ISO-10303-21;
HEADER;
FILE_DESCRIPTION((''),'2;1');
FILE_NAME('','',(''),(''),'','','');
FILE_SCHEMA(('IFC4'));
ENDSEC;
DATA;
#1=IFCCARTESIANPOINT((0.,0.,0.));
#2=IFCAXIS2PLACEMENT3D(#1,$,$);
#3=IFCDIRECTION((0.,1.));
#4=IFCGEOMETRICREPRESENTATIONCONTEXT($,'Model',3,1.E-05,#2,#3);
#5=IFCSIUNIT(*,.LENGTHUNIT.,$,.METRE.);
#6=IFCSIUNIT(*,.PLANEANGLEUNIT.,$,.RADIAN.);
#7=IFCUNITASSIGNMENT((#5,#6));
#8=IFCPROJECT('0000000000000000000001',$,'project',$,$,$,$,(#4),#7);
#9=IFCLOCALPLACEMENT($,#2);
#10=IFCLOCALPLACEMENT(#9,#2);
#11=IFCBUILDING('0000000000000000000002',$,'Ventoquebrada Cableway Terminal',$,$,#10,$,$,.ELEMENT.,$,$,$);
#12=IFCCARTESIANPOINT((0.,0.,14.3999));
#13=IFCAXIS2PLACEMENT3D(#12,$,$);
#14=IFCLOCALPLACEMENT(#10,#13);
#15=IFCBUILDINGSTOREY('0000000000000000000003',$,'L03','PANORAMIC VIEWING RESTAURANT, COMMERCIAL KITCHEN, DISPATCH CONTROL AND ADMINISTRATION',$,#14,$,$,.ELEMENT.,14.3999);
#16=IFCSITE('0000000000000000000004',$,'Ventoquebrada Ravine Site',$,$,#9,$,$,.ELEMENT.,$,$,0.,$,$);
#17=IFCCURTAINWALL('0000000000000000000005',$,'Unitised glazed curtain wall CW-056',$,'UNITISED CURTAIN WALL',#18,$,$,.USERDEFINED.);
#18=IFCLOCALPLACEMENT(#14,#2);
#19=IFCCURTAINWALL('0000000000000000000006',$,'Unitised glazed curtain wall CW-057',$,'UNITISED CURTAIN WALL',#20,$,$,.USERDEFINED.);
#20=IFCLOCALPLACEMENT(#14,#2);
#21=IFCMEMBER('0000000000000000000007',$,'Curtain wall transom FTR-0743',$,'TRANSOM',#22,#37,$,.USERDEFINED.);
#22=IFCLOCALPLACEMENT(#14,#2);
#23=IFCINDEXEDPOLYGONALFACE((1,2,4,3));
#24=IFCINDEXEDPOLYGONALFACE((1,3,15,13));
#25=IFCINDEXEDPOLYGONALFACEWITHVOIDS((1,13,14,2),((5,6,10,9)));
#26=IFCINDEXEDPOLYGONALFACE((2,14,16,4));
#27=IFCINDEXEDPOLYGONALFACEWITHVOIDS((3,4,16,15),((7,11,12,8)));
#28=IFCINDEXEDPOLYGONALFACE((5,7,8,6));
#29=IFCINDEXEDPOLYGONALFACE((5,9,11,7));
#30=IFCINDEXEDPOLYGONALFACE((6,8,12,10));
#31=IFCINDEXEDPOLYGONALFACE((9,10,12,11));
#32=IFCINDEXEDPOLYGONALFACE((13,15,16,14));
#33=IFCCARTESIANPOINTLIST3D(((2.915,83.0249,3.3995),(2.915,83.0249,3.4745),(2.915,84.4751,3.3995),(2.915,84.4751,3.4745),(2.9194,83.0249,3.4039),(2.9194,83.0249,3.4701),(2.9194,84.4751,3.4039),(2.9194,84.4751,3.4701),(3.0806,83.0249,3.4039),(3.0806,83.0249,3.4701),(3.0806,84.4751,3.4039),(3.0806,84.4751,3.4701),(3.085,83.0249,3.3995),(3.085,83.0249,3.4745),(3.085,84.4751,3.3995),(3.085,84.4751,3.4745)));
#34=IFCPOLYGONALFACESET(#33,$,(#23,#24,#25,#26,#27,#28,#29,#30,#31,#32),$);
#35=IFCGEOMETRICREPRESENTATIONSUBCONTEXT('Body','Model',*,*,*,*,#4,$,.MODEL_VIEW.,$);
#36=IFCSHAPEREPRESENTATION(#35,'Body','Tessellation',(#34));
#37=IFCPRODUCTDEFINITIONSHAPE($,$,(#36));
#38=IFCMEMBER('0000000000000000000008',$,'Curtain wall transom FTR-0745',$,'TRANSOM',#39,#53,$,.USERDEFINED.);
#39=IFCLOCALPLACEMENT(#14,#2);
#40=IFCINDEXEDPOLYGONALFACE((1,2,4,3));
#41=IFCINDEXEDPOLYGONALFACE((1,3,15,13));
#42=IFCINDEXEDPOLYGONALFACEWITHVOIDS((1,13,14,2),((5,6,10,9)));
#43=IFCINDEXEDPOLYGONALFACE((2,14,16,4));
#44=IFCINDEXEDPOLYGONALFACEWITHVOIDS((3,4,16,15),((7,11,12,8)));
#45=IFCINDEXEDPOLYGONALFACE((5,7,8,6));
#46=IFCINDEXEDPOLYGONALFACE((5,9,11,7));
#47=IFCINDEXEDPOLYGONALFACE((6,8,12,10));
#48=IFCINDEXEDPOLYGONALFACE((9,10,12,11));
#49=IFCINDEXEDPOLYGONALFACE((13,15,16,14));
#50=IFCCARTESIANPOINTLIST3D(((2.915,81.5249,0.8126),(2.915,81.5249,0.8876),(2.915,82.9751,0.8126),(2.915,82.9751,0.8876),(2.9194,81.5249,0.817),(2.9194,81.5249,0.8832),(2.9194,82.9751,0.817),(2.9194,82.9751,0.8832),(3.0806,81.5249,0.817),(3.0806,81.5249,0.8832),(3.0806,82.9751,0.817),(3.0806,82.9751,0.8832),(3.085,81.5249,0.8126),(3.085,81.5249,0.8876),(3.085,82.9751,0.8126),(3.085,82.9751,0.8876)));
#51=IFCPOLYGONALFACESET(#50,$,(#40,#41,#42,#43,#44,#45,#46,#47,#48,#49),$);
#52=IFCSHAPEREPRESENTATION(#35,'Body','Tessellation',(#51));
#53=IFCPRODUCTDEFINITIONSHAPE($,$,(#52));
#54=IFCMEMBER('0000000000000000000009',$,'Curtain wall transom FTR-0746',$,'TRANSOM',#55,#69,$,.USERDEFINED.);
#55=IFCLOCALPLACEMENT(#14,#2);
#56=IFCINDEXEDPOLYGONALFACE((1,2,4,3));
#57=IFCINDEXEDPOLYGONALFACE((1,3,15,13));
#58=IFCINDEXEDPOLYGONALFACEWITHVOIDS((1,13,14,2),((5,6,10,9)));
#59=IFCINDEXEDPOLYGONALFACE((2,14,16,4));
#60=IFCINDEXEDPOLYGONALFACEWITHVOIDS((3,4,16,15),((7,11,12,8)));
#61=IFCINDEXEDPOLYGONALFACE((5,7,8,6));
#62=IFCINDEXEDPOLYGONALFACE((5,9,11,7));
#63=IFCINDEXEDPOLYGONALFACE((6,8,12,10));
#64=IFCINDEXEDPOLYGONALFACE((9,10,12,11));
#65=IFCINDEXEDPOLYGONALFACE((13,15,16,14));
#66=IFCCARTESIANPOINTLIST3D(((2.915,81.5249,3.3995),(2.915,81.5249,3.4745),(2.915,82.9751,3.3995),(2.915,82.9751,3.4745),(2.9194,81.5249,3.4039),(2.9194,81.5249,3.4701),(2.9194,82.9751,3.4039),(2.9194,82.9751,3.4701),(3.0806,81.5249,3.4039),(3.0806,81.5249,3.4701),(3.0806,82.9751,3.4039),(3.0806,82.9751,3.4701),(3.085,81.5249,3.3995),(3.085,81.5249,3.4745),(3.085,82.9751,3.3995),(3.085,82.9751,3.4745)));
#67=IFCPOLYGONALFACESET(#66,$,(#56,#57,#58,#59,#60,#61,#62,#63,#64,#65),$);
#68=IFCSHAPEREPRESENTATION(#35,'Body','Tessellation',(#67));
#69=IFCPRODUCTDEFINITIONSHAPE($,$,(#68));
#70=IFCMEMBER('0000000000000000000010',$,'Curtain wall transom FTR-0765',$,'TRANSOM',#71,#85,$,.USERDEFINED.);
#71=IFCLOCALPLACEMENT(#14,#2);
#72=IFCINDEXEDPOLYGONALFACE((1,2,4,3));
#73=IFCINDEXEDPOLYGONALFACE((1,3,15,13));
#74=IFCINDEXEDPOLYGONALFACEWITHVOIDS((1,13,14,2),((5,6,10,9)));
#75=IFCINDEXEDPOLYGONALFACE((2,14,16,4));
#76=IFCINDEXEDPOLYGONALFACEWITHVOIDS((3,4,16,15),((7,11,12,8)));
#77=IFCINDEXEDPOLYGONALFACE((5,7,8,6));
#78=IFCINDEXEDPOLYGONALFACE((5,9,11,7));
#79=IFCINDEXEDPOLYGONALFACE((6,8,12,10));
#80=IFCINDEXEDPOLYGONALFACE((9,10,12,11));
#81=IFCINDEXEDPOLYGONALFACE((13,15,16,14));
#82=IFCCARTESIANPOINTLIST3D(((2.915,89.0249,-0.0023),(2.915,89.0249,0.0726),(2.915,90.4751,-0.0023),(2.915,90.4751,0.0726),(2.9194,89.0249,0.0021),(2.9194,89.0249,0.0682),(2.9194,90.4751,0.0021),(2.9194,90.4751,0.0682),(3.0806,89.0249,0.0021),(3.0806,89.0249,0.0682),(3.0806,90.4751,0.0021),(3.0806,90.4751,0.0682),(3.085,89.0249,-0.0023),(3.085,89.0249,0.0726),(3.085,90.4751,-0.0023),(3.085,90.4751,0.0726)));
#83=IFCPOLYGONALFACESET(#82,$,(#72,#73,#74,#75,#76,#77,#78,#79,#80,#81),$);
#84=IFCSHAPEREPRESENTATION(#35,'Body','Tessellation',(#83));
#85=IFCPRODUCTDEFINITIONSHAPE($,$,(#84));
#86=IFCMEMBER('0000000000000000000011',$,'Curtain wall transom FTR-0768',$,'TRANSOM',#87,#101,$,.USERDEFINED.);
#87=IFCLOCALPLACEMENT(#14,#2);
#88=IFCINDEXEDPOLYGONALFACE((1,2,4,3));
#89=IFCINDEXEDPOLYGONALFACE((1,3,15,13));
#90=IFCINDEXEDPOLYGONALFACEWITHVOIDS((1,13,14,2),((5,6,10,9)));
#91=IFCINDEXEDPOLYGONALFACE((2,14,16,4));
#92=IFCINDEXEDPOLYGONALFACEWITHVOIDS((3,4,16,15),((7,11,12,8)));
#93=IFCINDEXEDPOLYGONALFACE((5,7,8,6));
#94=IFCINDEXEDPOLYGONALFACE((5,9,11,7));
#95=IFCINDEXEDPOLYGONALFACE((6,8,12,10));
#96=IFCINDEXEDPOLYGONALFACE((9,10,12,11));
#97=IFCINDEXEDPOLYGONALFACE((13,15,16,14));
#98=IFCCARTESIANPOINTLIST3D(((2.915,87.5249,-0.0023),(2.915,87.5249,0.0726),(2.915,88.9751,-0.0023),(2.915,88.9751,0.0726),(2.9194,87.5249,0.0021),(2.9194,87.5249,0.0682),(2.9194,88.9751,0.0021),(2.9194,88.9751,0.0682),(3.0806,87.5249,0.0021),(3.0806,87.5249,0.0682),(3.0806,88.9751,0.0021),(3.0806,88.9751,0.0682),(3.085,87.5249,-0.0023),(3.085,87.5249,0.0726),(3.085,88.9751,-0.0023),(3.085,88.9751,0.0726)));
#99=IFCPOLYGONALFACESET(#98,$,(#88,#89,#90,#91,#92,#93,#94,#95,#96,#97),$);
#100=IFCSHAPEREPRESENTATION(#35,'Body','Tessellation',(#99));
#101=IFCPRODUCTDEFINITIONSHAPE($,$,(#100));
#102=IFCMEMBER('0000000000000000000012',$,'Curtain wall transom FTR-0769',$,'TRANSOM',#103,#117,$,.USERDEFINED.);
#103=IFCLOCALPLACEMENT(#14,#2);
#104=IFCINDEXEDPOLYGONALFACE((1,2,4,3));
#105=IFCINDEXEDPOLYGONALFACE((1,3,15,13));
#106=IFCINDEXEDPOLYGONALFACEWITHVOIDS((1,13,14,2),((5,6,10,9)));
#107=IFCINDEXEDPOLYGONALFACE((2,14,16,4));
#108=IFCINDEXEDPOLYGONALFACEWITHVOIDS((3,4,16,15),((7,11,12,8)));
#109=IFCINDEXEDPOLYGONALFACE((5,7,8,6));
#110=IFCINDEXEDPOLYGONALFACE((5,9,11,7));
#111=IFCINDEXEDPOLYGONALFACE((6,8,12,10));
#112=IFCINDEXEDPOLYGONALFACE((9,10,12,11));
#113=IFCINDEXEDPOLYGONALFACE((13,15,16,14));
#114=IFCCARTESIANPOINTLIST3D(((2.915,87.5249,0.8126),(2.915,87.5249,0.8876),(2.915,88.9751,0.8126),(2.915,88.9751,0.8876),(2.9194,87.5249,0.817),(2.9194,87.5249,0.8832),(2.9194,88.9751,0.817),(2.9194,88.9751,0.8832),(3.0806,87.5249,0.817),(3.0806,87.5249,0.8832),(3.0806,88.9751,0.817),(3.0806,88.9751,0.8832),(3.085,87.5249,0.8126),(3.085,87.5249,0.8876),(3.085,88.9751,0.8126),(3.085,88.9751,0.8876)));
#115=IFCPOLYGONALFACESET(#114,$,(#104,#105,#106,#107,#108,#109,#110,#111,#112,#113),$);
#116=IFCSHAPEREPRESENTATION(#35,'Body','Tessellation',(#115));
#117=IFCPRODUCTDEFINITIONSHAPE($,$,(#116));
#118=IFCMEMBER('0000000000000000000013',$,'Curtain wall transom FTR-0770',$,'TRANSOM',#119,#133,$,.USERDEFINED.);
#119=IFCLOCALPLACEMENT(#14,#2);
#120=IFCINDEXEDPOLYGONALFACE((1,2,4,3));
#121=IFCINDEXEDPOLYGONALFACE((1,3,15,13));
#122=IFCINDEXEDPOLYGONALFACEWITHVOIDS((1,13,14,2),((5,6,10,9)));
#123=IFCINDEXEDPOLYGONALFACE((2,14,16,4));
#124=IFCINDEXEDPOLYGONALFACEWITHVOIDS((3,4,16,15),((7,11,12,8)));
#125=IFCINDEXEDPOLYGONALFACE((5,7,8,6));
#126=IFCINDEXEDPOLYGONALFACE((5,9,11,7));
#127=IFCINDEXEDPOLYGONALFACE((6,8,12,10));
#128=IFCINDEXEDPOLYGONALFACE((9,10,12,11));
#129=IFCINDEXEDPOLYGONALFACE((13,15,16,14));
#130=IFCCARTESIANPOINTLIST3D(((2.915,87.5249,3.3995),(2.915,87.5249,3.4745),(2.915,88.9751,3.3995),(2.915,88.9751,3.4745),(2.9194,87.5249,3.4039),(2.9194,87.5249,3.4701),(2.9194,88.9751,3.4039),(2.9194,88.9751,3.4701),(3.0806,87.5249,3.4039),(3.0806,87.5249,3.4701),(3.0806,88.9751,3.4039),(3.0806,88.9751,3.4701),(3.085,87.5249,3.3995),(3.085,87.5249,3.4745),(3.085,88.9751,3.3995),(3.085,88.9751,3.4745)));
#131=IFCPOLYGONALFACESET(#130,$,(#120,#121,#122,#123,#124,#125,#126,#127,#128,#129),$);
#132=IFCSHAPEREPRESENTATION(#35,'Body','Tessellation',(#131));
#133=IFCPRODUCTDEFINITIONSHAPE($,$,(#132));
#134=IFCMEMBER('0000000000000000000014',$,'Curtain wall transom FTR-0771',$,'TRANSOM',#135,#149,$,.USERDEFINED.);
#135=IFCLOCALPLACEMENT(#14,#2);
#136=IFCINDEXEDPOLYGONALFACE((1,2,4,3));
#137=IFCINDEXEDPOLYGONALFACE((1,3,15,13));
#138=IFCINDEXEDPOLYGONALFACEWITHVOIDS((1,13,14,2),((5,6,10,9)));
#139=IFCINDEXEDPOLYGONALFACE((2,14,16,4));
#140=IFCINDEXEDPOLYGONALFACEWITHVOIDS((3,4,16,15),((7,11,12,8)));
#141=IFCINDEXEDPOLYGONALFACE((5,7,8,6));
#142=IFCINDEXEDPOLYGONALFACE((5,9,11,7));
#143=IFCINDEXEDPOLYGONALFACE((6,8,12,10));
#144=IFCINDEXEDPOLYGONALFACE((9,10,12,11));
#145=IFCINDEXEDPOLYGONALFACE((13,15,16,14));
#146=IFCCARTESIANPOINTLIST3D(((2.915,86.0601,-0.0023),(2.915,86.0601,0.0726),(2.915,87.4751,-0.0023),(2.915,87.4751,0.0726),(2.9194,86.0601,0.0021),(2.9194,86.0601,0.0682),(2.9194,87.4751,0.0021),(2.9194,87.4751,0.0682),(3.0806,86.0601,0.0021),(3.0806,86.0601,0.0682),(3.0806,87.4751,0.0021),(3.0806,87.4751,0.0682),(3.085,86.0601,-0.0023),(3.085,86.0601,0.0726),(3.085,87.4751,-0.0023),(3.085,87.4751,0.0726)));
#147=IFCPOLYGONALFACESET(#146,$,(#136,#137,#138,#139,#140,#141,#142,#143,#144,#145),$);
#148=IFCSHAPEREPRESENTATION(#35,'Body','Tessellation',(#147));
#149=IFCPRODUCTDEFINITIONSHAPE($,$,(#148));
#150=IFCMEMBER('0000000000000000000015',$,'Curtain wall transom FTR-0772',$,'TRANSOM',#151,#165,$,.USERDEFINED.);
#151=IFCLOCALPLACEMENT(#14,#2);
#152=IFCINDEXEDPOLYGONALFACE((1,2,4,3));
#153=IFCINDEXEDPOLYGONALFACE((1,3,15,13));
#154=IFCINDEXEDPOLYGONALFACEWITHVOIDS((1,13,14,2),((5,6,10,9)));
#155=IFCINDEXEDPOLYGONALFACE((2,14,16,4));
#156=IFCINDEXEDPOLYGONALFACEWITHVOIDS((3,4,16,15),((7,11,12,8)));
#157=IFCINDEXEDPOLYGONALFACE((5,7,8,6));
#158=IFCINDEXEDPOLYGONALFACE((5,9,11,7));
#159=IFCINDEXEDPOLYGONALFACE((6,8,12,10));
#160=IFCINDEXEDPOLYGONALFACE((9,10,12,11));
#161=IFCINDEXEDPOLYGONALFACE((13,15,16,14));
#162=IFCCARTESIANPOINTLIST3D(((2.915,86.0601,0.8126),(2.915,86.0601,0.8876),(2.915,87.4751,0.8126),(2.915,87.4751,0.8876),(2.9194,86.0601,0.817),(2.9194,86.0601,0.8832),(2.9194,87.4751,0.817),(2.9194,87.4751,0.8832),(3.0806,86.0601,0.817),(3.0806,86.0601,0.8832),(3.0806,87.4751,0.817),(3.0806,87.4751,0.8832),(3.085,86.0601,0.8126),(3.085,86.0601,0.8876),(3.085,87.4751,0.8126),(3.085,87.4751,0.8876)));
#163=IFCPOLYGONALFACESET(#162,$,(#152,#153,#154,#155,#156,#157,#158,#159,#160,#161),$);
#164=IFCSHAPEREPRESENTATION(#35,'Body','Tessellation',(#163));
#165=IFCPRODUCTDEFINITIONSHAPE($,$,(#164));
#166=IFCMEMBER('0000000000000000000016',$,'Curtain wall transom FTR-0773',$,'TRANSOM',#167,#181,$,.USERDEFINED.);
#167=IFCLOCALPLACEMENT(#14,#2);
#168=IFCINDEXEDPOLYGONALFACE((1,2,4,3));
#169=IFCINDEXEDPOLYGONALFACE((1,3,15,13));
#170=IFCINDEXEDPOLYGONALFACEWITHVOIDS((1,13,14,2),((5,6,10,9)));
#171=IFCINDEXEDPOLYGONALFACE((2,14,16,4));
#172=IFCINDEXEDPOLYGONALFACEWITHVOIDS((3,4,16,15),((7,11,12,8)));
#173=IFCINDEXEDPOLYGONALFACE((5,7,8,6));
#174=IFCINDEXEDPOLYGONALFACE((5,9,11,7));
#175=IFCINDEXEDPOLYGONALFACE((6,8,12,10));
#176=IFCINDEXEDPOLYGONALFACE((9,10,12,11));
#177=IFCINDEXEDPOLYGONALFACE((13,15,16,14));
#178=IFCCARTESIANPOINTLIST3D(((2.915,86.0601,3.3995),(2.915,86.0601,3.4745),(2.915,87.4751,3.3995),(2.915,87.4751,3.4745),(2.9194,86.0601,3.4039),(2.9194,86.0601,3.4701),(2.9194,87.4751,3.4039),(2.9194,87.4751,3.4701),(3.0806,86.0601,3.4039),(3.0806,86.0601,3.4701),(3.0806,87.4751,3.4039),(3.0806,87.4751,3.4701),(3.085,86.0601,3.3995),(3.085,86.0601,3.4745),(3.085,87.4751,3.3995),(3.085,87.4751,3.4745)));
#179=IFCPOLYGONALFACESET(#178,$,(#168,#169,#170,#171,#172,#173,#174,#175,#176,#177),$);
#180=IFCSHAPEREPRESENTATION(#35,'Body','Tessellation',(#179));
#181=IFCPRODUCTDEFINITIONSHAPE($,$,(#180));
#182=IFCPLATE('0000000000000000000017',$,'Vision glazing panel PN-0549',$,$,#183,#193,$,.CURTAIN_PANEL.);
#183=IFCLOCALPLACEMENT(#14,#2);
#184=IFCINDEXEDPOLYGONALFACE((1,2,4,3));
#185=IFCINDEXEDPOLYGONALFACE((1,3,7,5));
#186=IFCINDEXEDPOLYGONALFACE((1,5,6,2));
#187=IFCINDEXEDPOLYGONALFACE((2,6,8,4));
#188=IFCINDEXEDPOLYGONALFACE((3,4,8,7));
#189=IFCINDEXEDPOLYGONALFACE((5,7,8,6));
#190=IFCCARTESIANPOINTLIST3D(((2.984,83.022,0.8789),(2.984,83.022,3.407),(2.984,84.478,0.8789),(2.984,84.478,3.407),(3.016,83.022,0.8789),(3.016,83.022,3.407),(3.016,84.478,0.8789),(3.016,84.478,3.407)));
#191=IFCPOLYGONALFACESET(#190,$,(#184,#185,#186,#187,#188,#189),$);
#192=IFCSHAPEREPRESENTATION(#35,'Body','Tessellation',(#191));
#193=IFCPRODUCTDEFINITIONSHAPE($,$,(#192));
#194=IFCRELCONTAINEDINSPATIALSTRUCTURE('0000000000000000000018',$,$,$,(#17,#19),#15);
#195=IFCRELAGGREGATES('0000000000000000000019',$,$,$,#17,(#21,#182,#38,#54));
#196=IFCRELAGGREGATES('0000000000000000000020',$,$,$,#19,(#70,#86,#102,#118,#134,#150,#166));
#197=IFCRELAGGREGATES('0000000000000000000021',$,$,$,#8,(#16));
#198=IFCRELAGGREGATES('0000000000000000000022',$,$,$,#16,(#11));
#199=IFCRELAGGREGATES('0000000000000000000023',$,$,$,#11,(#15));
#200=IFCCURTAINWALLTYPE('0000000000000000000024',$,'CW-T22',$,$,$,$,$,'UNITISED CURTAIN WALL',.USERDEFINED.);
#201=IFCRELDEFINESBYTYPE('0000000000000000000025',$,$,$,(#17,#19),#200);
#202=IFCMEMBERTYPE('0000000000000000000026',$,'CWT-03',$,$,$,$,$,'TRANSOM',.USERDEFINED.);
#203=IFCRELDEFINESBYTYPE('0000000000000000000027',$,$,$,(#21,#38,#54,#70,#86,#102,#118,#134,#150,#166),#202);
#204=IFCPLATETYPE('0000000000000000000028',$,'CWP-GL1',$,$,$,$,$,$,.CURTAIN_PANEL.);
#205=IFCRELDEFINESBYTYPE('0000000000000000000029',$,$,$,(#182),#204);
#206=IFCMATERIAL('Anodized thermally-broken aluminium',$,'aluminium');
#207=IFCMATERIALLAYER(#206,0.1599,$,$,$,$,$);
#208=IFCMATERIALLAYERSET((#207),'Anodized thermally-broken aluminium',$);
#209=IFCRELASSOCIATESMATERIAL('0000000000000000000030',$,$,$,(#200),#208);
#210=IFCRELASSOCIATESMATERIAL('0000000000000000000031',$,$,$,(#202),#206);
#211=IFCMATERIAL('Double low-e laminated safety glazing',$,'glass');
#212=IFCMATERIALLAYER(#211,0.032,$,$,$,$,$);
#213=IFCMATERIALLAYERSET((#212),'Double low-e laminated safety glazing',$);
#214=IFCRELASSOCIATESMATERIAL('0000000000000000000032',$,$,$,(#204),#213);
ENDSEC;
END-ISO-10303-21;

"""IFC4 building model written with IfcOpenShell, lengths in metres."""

from ifc_helpers import new_model, si_unit, direction, frame, origin, origin_2d, place, context, subcontext, project, spatial, rectangle, hollow_rectangle, extrude, material, layer, layer_set, material_profile, profile_set, type_object, element, aggregate, save


model = new_model("IFC4")

# Units and contexts
model_context = context("Model", 3, precision=1e-05, world=origin(), true_north=direction((0.0, 1.0)))
body_context = subcontext(model_context, "Body", "Model", "MODEL_VIEW")
ifc_project = project(units=[si_unit("LENGTHUNIT", "METRE"), si_unit("PLANEANGLEUNIT", "RADIAN")], contexts=[model_context])

# Site, building, storey
site_placement = place(None, origin())
site = spatial("IfcSite", under=ifc_project, at=site_placement, Name="Ventoquebrada Ravine Site", CompositionType="ELEMENT", RefElevation=0.0)
building_placement = place(site_placement, origin())
building = spatial("IfcBuilding", under=site, at=building_placement, Name="Ventoquebrada Cableway Terminal", CompositionType="ELEMENT")
storey_placement = place(building_placement, frame((0.0, 0.0, 14.3999)))
storey = spatial("IfcBuildingStorey", under=building, at=storey_placement, Name="L03", Description="PANORAMIC VIEWING RESTAURANT, COMMERCIAL KITCHEN, DISPATCH CONTROL AND ADMINISTRATION", CompositionType="ELEMENT", Elevation=14.3999)

# Curtain walls
ifc_material_1 = material(Name="Anodized thermally-broken aluminium", Category="aluminium")
ifc_layer_1 = layer(ifc_material_1, 0.1599)
ifc_layer_set_1 = layer_set([ifc_layer_1], Name="Anodized thermally-broken aluminium")
curtain_wall_type = type_object("IfcCurtainWallType", Name="CW-T22", ElementType="UNITISED CURTAIN WALL", PredefinedType="USERDEFINED", material=ifc_layer_set_1)
curtain_wall_1_placement = place(storey_placement, origin())
curtain_wall_1 = element("IfcCurtainWall", 1, at=curtain_wall_1_placement, inside=storey, type_object=curtain_wall_type, Name="Unitised glazed curtain wall CW-056", ObjectType="UNITISED CURTAIN WALL", PredefinedType="USERDEFINED")
curtain_wall_2_placement = place(storey_placement, origin())
curtain_wall_2 = element("IfcCurtainWall", 2, at=curtain_wall_2_placement, inside=storey, type_object=curtain_wall_type, Name="Unitised glazed curtain wall CW-057", ObjectType="UNITISED CURTAIN WALL", PredefinedType="USERDEFINED")

# Members
ifc_material_profile_1 = material_profile(ifc_material_1, hollow_rectangle(XDim=0.075, YDim=0.1699, WallThickness=0.0044, at=origin_2d()), Name="CW-TRN-75X170")
ifc_profile_set_1 = profile_set([ifc_material_profile_1], Name="Anodized thermally-broken aluminium")
member_type_1 = type_object("IfcMemberType", Name="CWT-03", ElementType="TRANSOM", PredefinedType="USERDEFINED", material=ifc_profile_set_1)
member_1_placement = place(storey_placement, frame((3.0, 84.4751, 3.437), z_axis=(0.0, -1.0, 0.0), x_axis=(0.0, 0.0, 1.0)))
member_1 = element("IfcMember", 3, at=member_1_placement, type_object=member_type_1, Name="Curtain wall transom FTR-0743", ObjectType="TRANSOM", PredefinedType="USERDEFINED", context=body_context, shape_type="SweptSolid", body=[
    extrude(hollow_rectangle(XDim=0.075, YDim=0.1699, WallThickness=0.0044, at=origin_2d()), origin(), (0.0, 0.0, 1.0), 1.4502),
])
member_2_placement = place(storey_placement, frame((3.0, 82.9751, 0.8501), z_axis=(0.0, -1.0, 0.0), x_axis=(0.0, 0.0, 1.0)))
member_2 = element("IfcMember", 4, at=member_2_placement, type_object=member_type_1, Name="Curtain wall transom FTR-0745", ObjectType="TRANSOM", PredefinedType="USERDEFINED", context=body_context, shape_type="SweptSolid", body=[
    extrude(hollow_rectangle(XDim=0.075, YDim=0.1699, WallThickness=0.0044, at=origin_2d()), origin(), (0.0, 0.0, 1.0), 1.4502),
])
member_3_placement = place(storey_placement, frame((3.0, 82.9751, 3.437), z_axis=(0.0, -1.0, 0.0), x_axis=(0.0, 0.0, 1.0)))
member_3 = element("IfcMember", 5, at=member_3_placement, type_object=member_type_1, Name="Curtain wall transom FTR-0746", ObjectType="TRANSOM", PredefinedType="USERDEFINED", context=body_context, shape_type="SweptSolid", body=[
    extrude(hollow_rectangle(XDim=0.075, YDim=0.1699, WallThickness=0.0044, at=origin_2d()), origin(), (0.0, 0.0, 1.0), 1.4502),
])
member_4_placement = place(storey_placement, frame((3.0, 90.4751, 0.0352), z_axis=(0.0, -1.0, 0.0), x_axis=(0.0, 0.0, 1.0)))
member_4 = element("IfcMember", 6, at=member_4_placement, type_object=member_type_1, Name="Curtain wall transom FTR-0765", ObjectType="TRANSOM", PredefinedType="USERDEFINED", context=body_context, shape_type="SweptSolid", body=[
    extrude(hollow_rectangle(XDim=0.075, YDim=0.1699, WallThickness=0.0044, at=origin_2d()), origin(), (0.0, 0.0, 1.0), 1.4502),
])
member_5_placement = place(storey_placement, frame((3.0, 88.9751, 0.0352), z_axis=(0.0, -1.0, 0.0), x_axis=(0.0, 0.0, 1.0)))
member_5 = element("IfcMember", 7, at=member_5_placement, type_object=member_type_1, Name="Curtain wall transom FTR-0768", ObjectType="TRANSOM", PredefinedType="USERDEFINED", context=body_context, shape_type="SweptSolid", body=[
    extrude(hollow_rectangle(XDim=0.075, YDim=0.1699, WallThickness=0.0044, at=origin_2d()), origin(), (0.0, 0.0, 1.0), 1.4502),
])
member_6_placement = place(storey_placement, frame((3.0, 88.9751, 0.8501), z_axis=(0.0, -1.0, 0.0), x_axis=(0.0, 0.0, 1.0)))
member_6 = element("IfcMember", 8, at=member_6_placement, type_object=member_type_1, Name="Curtain wall transom FTR-0769", ObjectType="TRANSOM", PredefinedType="USERDEFINED", context=body_context, shape_type="SweptSolid", body=[
    extrude(hollow_rectangle(XDim=0.075, YDim=0.1699, WallThickness=0.0044, at=origin_2d()), origin(), (0.0, 0.0, 1.0), 1.4502),
])
member_7_placement = place(storey_placement, frame((3.0, 88.9751, 3.437), z_axis=(0.0, -1.0, 0.0), x_axis=(0.0, 0.0, 1.0)))
member_7 = element("IfcMember", 9, at=member_7_placement, type_object=member_type_1, Name="Curtain wall transom FTR-0770", ObjectType="TRANSOM", PredefinedType="USERDEFINED", context=body_context, shape_type="SweptSolid", body=[
    extrude(hollow_rectangle(XDim=0.075, YDim=0.1699, WallThickness=0.0044, at=origin_2d()), origin(), (0.0, 0.0, 1.0), 1.4502),
])
member_8_placement = place(storey_placement, frame((3.0, 87.4751, 0.0352), z_axis=(0.0, -1.0, 0.0), x_axis=(0.0, 0.0, 1.0)))
member_8 = element("IfcMember", 10, at=member_8_placement, type_object=member_type_1, Name="Curtain wall transom FTR-0771", ObjectType="TRANSOM", PredefinedType="USERDEFINED", context=body_context, shape_type="SweptSolid", body=[
    extrude(hollow_rectangle(XDim=0.075, YDim=0.1699, WallThickness=0.0044, at=origin_2d()), origin(), (0.0, 0.0, 1.0), 1.415),
])
member_9_placement = place(storey_placement, frame((3.0, 87.4751, 0.8501), z_axis=(0.0, -1.0, 0.0), x_axis=(0.0, 0.0, 1.0)))
member_9 = element("IfcMember", 11, at=member_9_placement, type_object=member_type_1, Name="Curtain wall transom FTR-0772", ObjectType="TRANSOM", PredefinedType="USERDEFINED", context=body_context, shape_type="SweptSolid", body=[
    extrude(hollow_rectangle(XDim=0.075, YDim=0.1699, WallThickness=0.0044, at=origin_2d()), origin(), (0.0, 0.0, 1.0), 1.415),
])
member_10_placement = place(storey_placement, frame((3.0, 87.4751, 3.437), z_axis=(0.0, -1.0, 0.0), x_axis=(0.0, 0.0, 1.0)))
member_10 = element("IfcMember", 12, at=member_10_placement, type_object=member_type_1, Name="Curtain wall transom FTR-0773", ObjectType="TRANSOM", PredefinedType="USERDEFINED", context=body_context, shape_type="SweptSolid", body=[
    extrude(hollow_rectangle(XDim=0.075, YDim=0.1699, WallThickness=0.0044, at=origin_2d()), origin(), (0.0, 0.0, 1.0), 1.415),
])

# Plate
ifc_material_2 = material(Name="Double low-e laminated safety glazing", Category="glass")
ifc_layer_2 = layer(ifc_material_2, 0.032)
ifc_layer_set_2 = layer_set([ifc_layer_2], Name="Double low-e laminated safety glazing")
plate_type_1 = type_object("IfcPlateType", Name="CWP-GL1", PredefinedType="CURTAIN_PANEL", material=ifc_layer_set_2)
plate_1_placement = place(storey_placement, frame((3.0, 83.75, 0.8789), z_axis=(0.0, 0.0, 1.0), x_axis=(0.0, -1.0, 0.0)))
plate_1 = element("IfcPlate", 13, at=plate_1_placement, type_object=plate_type_1, Name="Vision glazing panel PN-0549", PredefinedType="CURTAIN_PANEL", context=body_context, shape_type="SweptSolid", body=[
    extrude(rectangle(XDim=1.4561, YDim=0.032, at=origin_2d()), origin(), (0.0, 0.0, 1.0), 2.5281),
])
aggregate(curtain_wall_1, [member_1, plate_1, member_2, member_3])
aggregate(curtain_wall_2, [member_4, member_5, member_6, member_7, member_8, member_9, member_10])

save(model, "model.ifc")
